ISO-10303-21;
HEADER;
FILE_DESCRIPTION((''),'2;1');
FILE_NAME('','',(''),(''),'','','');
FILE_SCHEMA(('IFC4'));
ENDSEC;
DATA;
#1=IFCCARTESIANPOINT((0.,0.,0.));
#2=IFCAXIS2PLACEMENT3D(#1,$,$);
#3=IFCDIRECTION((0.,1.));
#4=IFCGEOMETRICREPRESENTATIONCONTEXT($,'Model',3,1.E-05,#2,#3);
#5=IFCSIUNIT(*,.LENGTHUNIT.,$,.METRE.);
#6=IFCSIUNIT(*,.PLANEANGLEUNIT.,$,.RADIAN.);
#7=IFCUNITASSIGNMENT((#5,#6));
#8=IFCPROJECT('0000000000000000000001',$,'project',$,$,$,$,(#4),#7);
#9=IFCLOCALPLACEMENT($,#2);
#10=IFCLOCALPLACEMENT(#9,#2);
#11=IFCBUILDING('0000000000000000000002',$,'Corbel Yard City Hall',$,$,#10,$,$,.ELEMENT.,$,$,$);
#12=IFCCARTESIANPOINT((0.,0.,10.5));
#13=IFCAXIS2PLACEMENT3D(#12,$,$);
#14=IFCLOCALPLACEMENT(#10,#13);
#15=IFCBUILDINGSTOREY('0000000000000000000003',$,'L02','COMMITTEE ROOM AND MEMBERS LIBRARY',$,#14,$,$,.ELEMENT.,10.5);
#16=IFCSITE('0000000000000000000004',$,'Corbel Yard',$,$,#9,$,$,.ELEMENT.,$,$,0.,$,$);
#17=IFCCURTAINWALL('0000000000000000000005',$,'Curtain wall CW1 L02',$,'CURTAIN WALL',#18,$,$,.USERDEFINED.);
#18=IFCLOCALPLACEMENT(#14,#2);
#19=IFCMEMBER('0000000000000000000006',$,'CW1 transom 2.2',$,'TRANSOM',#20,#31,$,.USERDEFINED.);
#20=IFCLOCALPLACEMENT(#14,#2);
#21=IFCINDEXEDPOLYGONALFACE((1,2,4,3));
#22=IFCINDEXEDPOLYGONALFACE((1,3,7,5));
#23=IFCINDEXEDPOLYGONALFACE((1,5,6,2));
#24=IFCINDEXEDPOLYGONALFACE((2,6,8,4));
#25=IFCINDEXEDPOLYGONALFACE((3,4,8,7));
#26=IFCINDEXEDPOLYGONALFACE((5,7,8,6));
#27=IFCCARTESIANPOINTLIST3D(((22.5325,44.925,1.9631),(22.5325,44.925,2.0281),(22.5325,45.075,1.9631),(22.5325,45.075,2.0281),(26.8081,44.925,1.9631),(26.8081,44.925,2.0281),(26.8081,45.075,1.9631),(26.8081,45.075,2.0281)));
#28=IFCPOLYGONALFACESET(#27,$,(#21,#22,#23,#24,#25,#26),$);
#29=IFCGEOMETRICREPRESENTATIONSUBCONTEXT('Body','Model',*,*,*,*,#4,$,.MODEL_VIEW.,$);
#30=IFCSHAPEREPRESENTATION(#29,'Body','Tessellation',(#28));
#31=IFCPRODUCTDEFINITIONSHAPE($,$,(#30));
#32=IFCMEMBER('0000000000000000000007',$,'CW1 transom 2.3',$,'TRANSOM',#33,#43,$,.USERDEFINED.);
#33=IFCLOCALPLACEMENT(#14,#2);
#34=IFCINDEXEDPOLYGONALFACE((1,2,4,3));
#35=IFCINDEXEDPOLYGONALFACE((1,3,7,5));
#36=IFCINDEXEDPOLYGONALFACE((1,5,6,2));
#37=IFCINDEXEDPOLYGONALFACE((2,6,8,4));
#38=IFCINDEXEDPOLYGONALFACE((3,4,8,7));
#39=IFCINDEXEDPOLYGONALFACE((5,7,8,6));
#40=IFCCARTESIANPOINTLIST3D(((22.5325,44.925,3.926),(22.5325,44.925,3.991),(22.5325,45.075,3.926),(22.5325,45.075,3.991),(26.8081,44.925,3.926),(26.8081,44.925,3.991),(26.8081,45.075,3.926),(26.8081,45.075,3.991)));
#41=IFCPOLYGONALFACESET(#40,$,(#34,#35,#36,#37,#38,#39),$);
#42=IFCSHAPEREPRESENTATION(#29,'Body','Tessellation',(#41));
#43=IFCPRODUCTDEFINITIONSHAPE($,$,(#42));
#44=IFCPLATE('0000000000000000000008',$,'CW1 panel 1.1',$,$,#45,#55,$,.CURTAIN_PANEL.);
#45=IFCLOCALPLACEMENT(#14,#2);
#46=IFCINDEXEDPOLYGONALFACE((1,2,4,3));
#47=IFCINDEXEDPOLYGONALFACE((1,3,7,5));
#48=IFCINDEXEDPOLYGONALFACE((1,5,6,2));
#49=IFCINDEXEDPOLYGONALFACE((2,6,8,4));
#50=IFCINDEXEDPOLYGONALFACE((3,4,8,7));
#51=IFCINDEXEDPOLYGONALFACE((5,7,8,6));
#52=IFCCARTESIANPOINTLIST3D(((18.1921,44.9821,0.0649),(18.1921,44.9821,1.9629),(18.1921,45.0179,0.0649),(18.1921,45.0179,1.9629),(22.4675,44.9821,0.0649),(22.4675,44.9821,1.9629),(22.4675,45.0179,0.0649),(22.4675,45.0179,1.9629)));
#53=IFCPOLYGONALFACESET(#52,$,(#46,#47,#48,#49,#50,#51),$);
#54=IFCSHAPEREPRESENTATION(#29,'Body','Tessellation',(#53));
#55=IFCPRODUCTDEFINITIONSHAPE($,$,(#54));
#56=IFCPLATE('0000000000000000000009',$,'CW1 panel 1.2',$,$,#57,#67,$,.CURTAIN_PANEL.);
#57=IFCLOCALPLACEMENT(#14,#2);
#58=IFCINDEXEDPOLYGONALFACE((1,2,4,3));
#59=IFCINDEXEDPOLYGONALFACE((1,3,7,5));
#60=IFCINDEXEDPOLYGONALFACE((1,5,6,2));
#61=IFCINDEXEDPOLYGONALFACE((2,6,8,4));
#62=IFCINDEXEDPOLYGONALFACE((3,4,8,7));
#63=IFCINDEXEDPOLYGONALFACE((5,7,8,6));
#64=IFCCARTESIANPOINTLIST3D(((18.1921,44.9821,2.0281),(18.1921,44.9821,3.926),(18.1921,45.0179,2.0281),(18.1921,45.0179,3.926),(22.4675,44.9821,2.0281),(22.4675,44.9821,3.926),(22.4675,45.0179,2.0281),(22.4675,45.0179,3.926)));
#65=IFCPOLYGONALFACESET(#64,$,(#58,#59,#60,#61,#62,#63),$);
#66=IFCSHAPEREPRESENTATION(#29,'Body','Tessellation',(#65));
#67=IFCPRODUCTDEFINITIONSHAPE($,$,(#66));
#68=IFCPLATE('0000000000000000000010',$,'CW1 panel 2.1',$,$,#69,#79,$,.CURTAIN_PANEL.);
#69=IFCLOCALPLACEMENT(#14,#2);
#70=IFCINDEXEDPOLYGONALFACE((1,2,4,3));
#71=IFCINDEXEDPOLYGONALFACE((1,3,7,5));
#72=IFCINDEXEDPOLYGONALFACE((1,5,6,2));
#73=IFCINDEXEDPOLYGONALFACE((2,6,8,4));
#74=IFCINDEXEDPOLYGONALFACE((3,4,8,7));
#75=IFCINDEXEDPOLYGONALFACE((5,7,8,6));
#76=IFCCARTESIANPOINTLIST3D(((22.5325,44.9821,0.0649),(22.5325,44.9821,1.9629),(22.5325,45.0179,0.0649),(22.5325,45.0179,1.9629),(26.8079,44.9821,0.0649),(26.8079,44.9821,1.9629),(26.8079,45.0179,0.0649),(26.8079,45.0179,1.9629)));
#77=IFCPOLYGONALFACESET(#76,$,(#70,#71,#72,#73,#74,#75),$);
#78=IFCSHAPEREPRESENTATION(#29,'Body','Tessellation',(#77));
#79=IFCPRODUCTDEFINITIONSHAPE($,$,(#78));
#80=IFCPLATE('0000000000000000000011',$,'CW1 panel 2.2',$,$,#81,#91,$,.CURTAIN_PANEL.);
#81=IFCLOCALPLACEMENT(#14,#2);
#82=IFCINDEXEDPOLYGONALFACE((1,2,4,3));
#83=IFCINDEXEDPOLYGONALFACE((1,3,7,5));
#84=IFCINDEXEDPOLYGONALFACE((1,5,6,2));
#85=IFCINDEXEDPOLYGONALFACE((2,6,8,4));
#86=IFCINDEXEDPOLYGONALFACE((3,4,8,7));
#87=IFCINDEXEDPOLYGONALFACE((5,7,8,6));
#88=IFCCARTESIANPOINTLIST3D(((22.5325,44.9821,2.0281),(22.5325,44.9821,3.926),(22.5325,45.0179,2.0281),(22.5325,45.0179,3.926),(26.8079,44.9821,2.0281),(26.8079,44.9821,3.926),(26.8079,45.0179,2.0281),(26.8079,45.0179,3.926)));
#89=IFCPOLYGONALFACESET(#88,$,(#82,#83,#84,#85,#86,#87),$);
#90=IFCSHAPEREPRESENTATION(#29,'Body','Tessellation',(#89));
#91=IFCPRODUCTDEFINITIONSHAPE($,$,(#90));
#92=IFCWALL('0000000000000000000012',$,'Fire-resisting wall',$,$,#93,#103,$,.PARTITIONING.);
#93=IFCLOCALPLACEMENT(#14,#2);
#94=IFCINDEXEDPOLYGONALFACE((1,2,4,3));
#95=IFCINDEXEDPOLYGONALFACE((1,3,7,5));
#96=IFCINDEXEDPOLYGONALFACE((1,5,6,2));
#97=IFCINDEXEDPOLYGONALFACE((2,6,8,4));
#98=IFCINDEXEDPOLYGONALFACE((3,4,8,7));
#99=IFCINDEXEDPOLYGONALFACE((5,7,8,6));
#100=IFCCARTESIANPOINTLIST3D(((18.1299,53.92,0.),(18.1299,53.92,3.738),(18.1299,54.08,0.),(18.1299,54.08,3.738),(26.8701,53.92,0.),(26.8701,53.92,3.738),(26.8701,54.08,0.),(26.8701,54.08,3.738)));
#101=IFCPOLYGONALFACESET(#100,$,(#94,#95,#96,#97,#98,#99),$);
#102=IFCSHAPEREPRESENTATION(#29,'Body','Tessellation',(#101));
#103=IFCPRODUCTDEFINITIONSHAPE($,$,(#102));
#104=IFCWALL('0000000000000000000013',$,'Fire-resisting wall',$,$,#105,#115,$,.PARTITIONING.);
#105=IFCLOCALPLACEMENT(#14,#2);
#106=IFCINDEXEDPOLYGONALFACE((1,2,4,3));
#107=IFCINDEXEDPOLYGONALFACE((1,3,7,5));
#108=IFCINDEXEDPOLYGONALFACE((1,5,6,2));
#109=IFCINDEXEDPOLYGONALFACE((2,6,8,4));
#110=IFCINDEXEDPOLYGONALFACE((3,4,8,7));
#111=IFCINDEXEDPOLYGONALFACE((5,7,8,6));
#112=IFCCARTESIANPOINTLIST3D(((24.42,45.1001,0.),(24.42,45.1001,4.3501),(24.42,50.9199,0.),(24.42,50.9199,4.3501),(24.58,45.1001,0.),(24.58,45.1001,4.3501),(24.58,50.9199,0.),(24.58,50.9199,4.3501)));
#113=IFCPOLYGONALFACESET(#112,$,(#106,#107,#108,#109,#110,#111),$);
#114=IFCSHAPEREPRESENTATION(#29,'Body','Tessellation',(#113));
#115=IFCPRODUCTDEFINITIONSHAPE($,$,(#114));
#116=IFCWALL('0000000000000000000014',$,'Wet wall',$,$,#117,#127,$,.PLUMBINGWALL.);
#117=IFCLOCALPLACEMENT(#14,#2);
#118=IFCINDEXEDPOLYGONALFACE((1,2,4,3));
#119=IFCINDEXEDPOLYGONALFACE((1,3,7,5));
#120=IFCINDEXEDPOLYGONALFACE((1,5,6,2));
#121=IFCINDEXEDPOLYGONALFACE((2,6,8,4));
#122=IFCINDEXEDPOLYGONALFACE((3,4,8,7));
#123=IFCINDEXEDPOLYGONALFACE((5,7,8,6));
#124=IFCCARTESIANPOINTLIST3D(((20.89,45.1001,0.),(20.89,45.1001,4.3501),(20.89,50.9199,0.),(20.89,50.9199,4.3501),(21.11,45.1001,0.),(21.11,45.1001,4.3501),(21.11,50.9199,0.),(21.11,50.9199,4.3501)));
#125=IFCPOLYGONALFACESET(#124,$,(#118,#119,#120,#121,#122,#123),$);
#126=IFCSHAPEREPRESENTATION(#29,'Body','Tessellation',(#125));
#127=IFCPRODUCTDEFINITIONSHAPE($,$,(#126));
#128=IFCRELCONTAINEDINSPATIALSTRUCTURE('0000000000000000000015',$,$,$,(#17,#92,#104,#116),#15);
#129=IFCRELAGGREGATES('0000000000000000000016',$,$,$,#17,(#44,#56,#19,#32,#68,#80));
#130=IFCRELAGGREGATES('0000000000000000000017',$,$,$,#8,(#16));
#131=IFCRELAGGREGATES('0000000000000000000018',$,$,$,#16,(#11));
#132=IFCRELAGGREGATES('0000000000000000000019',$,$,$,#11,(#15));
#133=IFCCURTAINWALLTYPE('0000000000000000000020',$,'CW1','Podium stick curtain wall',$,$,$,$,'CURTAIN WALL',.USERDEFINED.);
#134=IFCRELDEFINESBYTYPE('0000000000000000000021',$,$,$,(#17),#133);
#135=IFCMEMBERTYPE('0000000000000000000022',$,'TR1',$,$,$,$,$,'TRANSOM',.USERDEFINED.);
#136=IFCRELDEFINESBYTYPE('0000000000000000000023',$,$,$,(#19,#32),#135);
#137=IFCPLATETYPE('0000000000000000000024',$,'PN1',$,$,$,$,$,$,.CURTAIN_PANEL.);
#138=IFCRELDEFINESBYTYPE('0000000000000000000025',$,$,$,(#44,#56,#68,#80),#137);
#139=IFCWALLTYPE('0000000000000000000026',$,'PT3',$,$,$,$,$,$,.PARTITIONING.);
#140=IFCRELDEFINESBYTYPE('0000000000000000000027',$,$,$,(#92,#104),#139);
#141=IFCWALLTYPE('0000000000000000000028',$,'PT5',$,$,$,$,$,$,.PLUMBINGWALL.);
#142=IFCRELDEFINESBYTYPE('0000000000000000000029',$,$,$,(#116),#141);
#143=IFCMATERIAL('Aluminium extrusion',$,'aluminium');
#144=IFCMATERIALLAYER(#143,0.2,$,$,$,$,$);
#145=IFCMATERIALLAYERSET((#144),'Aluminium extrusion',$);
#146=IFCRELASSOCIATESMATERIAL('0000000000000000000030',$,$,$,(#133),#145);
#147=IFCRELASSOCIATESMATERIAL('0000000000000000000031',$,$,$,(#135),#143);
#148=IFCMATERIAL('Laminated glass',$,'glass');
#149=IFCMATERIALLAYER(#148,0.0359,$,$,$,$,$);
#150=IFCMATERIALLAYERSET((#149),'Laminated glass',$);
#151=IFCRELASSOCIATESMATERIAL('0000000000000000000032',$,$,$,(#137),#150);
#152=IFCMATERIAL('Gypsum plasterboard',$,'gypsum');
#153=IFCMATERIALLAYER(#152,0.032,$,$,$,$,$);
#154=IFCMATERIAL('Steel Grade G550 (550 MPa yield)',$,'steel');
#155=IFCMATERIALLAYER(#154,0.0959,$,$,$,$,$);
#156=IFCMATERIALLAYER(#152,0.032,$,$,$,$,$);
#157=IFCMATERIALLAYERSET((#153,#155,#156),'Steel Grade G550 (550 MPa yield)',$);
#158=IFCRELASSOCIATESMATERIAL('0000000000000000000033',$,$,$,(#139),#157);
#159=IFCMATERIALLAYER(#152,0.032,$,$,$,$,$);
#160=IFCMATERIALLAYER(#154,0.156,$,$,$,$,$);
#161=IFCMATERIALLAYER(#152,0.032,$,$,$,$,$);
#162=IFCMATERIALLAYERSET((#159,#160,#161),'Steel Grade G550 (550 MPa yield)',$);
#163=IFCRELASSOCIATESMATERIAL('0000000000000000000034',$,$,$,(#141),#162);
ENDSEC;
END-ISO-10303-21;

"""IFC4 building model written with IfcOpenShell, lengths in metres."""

from ifc_helpers import new_model, si_unit, direction, frame, frame_2d, origin, origin_2d, place, context, subcontext, project, spatial, rectangle, extrude, material, layer, layer_set, material_profile, profile_set, type_object, element, aggregate, save


model = new_model("IFC4")

# Units and contexts
model_context = context("Model", 3, precision=1e-05, world=origin(), true_north=direction((0.0, 1.0)))
body_context = subcontext(model_context, "Body", "Model", "MODEL_VIEW")
ifc_project = project(units=[si_unit("LENGTHUNIT", "METRE"), si_unit("PLANEANGLEUNIT", "RADIAN")], contexts=[model_context])

# Site, building, storey
site_placement = place(None, origin())
site = spatial("IfcSite", under=ifc_project, at=site_placement, Name="Corbel Yard", CompositionType="ELEMENT", RefElevation=0.0)
building_placement = place(site_placement, origin())
building = spatial("IfcBuilding", under=site, at=building_placement, Name="Corbel Yard City Hall", CompositionType="ELEMENT")
storey_placement = place(building_placement, frame((0.0, 0.0, 10.5)))
storey = spatial("IfcBuildingStorey", under=building, at=storey_placement, Name="L02", Description="COMMITTEE ROOM AND MEMBERS LIBRARY", CompositionType="ELEMENT", Elevation=10.5)

# Curtain wall
ifc_material_1 = material(Name="Aluminium extrusion", Category="aluminium")
ifc_layer_1 = layer(ifc_material_1, 0.2)
ifc_layer_set_1 = layer_set([ifc_layer_1], Name="Aluminium extrusion")
curtain_wall_type = type_object("IfcCurtainWallType", Name="CW1", Description="Podium stick curtain wall", ElementType="CURTAIN WALL", PredefinedType="USERDEFINED", material=ifc_layer_set_1)
curtain_wall_placement = place(storey_placement, origin())
curtain_wall = element("IfcCurtainWall", 1, at=curtain_wall_placement, inside=storey, type_object=curtain_wall_type, Name="Curtain wall CW1 L02", ObjectType="CURTAIN WALL", PredefinedType="USERDEFINED")

# Members
ifc_material_profile_1 = material_profile(ifc_material_1, rectangle(XDim=0.1499, YDim=0.0649, at=origin_2d()), Name="150x65")
ifc_profile_set_1 = profile_set([ifc_material_profile_1], Name="Aluminium extrusion")
member_type_1 = type_object("IfcMemberType", Name="TR1", ElementType="TRANSOM", PredefinedType="USERDEFINED", material=ifc_profile_set_1)
member_1_placement = place(storey_placement, frame((22.5325, 45.0, 1.9956), z_axis=(1.0, 0.0, 0.0), x_axis=(0.0, 1.0, 0.0)))
member_1 = element("IfcMember", 2, at=member_1_placement, type_object=member_type_1, Name="CW1 transom 2.2", ObjectType="TRANSOM", PredefinedType="USERDEFINED", context=body_context, shape_type="SweptSolid", body=[
    extrude(rectangle(XDim=0.1499, YDim=0.0649, at=origin_2d()), origin(), (0.0, 0.0, 1.0), 4.2756),
])
member_2_placement = place(storey_placement, frame((22.5325, 45.0, 3.9585), z_axis=(1.0, 0.0, 0.0), x_axis=(0.0, 1.0, 0.0)))
member_2 = element("IfcMember", 3, at=member_2_placement, type_object=member_type_1, Name="CW1 transom 2.3", ObjectType="TRANSOM", PredefinedType="USERDEFINED", context=body_context, shape_type="SweptSolid", body=[
    extrude(rectangle(XDim=0.1499, YDim=0.0649, at=origin_2d()), origin(), (0.0, 0.0, 1.0), 4.2756),
])

# Plates
ifc_material_2 = material(Name="Laminated glass", Category="glass")
ifc_layer_2 = layer(ifc_material_2, 0.0359)
ifc_layer_set_2 = layer_set([ifc_layer_2], Name="Laminated glass")
plate_type = type_object("IfcPlateType", Name="PN1", PredefinedType="CURTAIN_PANEL", material=ifc_layer_set_2)
plate_1_placement = place(storey_placement, frame((20.3298, 45.0, 0.0649), z_axis=(0.0, 0.0, 1.0), x_axis=(1.0, 0.0, 0.0)))
plate_1 = element("IfcPlate", 4, at=plate_1_placement, type_object=plate_type, Name="CW1 panel 1.1", PredefinedType="CURTAIN_PANEL", context=body_context, shape_type="SweptSolid", body=[
    extrude(rectangle(XDim=4.2754, YDim=0.0359, at=origin_2d()), origin(), (0.0, 0.0, 1.0), 1.8979),
])
plate_2_placement = place(storey_placement, frame((20.3298, 45.0, 2.0281), z_axis=(0.0, 0.0, 1.0), x_axis=(1.0, 0.0, 0.0)))
plate_2 = element("IfcPlate", 5, at=plate_2_placement, type_object=plate_type, Name="CW1 panel 1.2", PredefinedType="CURTAIN_PANEL", context=body_context, shape_type="SweptSolid", body=[
    extrude(rectangle(XDim=4.2754, YDim=0.0359, at=origin_2d()), origin(), (0.0, 0.0, 1.0), 1.8979),
])
plate_3_placement = place(storey_placement, frame((24.6702, 45.0, 0.0649), z_axis=(0.0, 0.0, 1.0), x_axis=(1.0, 0.0, 0.0)))
plate_3 = element("IfcPlate", 6, at=plate_3_placement, type_object=plate_type, Name="CW1 panel 2.1", PredefinedType="CURTAIN_PANEL", context=body_context, shape_type="SweptSolid", body=[
    extrude(rectangle(XDim=4.2754, YDim=0.0359, at=origin_2d()), origin(), (0.0, 0.0, 1.0), 1.8979),
])
plate_4_placement = place(storey_placement, frame((24.6702, 45.0, 2.0281), z_axis=(0.0, 0.0, 1.0), x_axis=(1.0, 0.0, 0.0)))
plate_4 = element("IfcPlate", 7, at=plate_4_placement, type_object=plate_type, Name="CW1 panel 2.2", PredefinedType="CURTAIN_PANEL", context=body_context, shape_type="SweptSolid", body=[
    extrude(rectangle(XDim=4.2754, YDim=0.0359, at=origin_2d()), origin(), (0.0, 0.0, 1.0), 1.8979),
])
aggregate(curtain_wall, [plate_1, plate_2, member_1, member_2, plate_3, plate_4])

# Walls
ifc_material_3 = material(Name="Gypsum plasterboard", Category="gypsum")
ifc_layer_3 = layer(ifc_material_3, 0.032)
ifc_material_4 = material(Name="Steel Grade G550 (550 MPa yield)", Category="steel")
ifc_layer_4 = layer(ifc_material_4, 0.0959)
ifc_layer_5 = layer(ifc_material_3, 0.032)
ifc_layer_set_3 = layer_set([ifc_layer_3, ifc_layer_4, ifc_layer_5], Name="Steel Grade G550 (550 MPa yield)")
wall_type_1 = type_object("IfcWallType", Name="PT3", PredefinedType="PARTITIONING", material=ifc_layer_set_3)
wall_1_placement = place(storey_placement, frame((18.1299, 54.0, 0.0), z_axis=(0.0, 0.0, 1.0), x_axis=(1.0, 0.0, 0.0)))
element("IfcWall", 8, at=wall_1_placement, inside=storey, type_object=wall_type_1, Name="Fire-resisting wall", PredefinedType="PARTITIONING", context=body_context, shape_type="SweptSolid", body=[
    extrude(rectangle(XDim=8.7402, YDim=0.1599, at=frame_2d((4.3701, 0.0))), origin(), (0.0, 0.0, 1.0), 3.738),
])
wall_2_placement = place(storey_placement, frame((24.5, 45.1001, 0.0), z_axis=(0.0, 0.0, 1.0), x_axis=(0.0, 1.0, 0.0)))
element("IfcWall", 9, at=wall_2_placement, inside=storey, type_object=wall_type_1, Name="Fire-resisting wall", PredefinedType="PARTITIONING", context=body_context, shape_type="SweptSolid", body=[
    extrude(rectangle(XDim=5.8198, YDim=0.1599, at=frame_2d((2.9099, 0.0))), origin(), (0.0, 0.0, 1.0), 4.3501),
])
ifc_layer_6 = layer(ifc_material_3, 0.032)
ifc_layer_7 = layer(ifc_material_4, 0.156)
ifc_layer_8 = layer(ifc_material_3, 0.032)
ifc_layer_set_4 = layer_set([ifc_layer_6, ifc_layer_7, ifc_layer_8], Name="Steel Grade G550 (550 MPa yield)")
wall_type_2 = type_object("IfcWallType", Name="PT5", PredefinedType="PLUMBINGWALL", material=ifc_layer_set_4)
wall_3_placement = place(storey_placement, frame((21.0, 45.1001, 0.0), z_axis=(0.0, 0.0, 1.0), x_axis=(0.0, 1.0, 0.0)))
element("IfcWall", 10, at=wall_3_placement, inside=storey, type_object=wall_type_2, Name="Wet wall", PredefinedType="PLUMBINGWALL", context=body_context, shape_type="SweptSolid", body=[
    extrude(rectangle(XDim=5.8198, YDim=0.22, at=frame_2d((2.9099, 0.0))), origin(), (0.0, 0.0, 1.0), 4.3501),
])

save(model, "model.ifc")
